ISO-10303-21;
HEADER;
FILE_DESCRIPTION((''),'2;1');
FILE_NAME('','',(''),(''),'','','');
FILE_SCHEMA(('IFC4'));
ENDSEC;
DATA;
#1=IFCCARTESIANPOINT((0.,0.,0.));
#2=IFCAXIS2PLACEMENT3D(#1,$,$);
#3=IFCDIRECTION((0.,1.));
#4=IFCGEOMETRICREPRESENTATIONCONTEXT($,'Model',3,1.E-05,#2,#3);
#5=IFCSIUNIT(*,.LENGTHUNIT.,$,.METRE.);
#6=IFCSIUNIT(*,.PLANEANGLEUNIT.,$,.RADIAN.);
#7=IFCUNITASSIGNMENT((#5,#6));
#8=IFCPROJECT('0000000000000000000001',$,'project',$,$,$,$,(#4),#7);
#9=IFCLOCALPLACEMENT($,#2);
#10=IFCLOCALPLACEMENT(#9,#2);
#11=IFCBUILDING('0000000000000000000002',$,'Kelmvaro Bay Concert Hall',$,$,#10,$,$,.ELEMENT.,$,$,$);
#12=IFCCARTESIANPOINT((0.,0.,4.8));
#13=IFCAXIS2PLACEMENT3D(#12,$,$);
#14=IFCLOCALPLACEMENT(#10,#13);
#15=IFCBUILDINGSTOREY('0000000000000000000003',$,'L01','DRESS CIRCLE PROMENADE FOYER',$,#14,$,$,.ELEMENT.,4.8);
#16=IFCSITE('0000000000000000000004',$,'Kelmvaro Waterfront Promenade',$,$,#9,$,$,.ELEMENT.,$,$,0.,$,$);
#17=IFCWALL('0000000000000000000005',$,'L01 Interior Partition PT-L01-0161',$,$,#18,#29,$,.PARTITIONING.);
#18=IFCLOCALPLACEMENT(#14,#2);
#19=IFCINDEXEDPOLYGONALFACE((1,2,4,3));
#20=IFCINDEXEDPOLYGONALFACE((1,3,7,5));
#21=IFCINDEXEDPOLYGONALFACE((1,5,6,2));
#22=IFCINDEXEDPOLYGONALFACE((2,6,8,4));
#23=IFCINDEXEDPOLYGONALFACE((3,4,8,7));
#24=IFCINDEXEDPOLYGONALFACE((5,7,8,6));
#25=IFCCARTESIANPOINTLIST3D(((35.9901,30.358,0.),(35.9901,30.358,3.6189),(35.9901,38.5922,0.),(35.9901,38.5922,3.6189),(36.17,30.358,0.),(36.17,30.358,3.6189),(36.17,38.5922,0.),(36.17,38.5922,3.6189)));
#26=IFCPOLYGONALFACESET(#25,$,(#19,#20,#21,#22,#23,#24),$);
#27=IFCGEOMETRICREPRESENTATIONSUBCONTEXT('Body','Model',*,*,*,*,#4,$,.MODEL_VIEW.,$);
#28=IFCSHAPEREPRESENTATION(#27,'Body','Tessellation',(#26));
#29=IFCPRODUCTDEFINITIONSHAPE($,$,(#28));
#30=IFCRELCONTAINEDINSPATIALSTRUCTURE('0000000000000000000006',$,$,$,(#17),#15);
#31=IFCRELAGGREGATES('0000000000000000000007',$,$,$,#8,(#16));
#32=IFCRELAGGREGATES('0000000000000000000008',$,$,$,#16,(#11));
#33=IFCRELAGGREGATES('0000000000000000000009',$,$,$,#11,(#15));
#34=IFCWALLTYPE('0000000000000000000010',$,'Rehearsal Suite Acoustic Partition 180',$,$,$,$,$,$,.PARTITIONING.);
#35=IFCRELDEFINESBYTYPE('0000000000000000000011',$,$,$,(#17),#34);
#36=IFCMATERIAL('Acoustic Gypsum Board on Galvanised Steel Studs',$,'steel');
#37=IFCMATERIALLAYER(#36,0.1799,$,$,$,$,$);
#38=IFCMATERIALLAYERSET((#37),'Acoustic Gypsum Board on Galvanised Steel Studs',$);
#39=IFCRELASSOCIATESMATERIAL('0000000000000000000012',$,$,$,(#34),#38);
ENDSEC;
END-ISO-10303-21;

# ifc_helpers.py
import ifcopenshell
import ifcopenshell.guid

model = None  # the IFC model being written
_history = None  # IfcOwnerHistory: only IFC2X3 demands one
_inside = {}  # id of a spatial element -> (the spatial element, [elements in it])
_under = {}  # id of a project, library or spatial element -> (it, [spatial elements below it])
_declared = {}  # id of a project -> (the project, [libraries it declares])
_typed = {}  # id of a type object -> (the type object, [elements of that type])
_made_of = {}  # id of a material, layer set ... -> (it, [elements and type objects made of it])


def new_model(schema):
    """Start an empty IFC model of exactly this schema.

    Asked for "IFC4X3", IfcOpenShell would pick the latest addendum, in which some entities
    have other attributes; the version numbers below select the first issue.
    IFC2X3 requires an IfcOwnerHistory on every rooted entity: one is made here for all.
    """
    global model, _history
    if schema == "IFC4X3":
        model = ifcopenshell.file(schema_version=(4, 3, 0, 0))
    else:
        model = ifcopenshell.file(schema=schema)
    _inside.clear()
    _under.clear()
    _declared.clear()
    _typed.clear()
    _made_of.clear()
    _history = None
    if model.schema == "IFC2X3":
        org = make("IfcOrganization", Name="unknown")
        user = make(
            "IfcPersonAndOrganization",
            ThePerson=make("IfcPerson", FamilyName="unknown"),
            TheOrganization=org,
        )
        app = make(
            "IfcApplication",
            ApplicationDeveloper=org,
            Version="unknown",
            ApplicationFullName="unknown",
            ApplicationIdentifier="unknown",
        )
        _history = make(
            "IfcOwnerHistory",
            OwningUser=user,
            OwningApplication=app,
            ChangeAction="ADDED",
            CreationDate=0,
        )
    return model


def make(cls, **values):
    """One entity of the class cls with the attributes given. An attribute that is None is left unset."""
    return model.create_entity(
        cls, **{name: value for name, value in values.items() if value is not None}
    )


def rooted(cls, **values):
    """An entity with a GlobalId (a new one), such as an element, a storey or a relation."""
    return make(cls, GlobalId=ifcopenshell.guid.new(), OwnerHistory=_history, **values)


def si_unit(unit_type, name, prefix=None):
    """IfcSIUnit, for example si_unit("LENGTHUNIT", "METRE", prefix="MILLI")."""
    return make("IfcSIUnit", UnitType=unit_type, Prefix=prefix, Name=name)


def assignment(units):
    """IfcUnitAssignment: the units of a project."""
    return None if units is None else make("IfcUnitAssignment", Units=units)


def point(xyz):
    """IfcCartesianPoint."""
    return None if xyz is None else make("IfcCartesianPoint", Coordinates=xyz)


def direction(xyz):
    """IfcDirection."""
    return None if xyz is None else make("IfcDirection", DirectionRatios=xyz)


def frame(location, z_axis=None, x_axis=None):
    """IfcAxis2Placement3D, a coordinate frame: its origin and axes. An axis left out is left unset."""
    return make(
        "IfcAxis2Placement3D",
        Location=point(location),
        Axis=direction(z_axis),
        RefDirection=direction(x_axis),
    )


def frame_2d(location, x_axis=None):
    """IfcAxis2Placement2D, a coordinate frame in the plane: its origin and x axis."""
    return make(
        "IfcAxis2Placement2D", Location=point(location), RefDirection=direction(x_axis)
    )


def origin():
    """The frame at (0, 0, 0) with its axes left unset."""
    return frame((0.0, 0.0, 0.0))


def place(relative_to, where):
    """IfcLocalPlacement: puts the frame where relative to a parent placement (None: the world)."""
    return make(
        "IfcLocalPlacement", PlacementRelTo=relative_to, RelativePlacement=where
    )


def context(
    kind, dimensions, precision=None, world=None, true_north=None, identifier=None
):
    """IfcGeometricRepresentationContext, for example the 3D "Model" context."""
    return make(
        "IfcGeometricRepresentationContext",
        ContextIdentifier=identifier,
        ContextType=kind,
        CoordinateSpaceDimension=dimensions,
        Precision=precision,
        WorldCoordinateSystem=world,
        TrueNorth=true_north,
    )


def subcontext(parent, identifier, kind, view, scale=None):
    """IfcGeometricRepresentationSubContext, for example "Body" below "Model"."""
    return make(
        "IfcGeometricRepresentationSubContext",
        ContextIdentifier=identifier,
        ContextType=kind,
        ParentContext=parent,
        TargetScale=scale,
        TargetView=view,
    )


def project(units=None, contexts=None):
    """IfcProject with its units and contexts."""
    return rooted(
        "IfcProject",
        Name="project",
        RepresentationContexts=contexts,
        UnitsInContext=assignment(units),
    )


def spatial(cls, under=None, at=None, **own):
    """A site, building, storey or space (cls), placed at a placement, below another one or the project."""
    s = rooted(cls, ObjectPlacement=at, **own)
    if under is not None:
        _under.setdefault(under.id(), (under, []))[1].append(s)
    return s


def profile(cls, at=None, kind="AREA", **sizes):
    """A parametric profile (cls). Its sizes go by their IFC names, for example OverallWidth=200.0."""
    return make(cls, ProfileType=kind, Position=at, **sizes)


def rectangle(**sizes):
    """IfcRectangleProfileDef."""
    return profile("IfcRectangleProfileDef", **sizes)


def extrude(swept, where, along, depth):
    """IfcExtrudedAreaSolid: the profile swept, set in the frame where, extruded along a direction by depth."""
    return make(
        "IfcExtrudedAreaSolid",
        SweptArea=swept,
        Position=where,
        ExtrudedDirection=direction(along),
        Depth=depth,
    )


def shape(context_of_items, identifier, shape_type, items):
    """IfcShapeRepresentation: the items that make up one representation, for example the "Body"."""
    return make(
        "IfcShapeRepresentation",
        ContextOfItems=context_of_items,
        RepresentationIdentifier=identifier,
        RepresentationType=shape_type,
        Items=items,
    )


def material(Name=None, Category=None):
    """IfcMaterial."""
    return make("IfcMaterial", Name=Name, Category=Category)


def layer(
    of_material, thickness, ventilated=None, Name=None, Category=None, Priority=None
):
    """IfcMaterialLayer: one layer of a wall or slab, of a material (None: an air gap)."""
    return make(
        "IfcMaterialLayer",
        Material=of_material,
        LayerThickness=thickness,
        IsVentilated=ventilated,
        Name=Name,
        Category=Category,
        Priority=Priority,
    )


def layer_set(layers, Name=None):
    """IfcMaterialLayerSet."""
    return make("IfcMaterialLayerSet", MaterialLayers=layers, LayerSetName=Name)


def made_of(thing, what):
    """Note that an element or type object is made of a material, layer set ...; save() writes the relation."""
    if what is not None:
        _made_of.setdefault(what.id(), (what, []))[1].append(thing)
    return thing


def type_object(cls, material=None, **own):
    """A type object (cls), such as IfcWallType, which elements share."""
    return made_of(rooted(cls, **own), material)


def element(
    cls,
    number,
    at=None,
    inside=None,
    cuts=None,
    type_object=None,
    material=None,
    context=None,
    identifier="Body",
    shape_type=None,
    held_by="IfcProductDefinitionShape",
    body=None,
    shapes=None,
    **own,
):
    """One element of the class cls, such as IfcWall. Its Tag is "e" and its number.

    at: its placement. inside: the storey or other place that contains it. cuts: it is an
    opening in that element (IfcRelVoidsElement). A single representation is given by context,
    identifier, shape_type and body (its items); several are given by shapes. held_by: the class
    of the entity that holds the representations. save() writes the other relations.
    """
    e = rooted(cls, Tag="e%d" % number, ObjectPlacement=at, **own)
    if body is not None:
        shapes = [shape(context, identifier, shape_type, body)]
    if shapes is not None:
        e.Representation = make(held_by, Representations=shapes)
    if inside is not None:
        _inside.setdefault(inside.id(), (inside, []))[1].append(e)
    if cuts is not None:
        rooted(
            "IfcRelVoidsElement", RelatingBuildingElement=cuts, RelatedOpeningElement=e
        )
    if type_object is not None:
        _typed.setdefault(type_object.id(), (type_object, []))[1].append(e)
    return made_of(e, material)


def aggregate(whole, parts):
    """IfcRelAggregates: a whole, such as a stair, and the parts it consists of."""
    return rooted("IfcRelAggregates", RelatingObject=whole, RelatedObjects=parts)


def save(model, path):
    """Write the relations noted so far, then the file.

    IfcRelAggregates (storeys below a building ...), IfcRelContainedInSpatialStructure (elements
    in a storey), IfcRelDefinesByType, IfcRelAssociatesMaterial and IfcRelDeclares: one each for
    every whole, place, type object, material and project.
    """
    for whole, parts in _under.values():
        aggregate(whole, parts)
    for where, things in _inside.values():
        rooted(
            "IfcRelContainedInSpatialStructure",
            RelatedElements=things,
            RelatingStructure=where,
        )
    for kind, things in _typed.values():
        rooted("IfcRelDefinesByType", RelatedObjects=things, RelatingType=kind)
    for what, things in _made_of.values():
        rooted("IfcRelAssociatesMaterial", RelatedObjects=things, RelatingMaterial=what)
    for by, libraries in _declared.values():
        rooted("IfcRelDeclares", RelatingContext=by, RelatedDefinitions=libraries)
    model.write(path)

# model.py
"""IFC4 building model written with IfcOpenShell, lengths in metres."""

from ifc_helpers import new_model, si_unit, direction, frame, frame_2d, origin, place, context, subcontext, project, spatial, rectangle, extrude, material, layer, layer_set, type_object, element, save


model = new_model("IFC4")

# Units and contexts
model_context = context("Model", 3, precision=1e-05, world=origin(), true_north=direction((0.0, 1.0)))
body_context = subcontext(model_context, "Body", "Model", "MODEL_VIEW")
ifc_project = project(units=[si_unit("LENGTHUNIT", "METRE"), si_unit("PLANEANGLEUNIT", "RADIAN")], contexts=[model_context])

# Site, building, storey
site_placement = place(None, origin())
site = spatial("IfcSite", under=ifc_project, at=site_placement, Name="Kelmvaro Waterfront Promenade", CompositionType="ELEMENT", RefElevation=0.0)
building_placement = place(site_placement, origin())
building = spatial("IfcBuilding", under=site, at=building_placement, Name="Kelmvaro Bay Concert Hall", CompositionType="ELEMENT")
storey_placement = place(building_placement, frame((0.0, 0.0, 4.8)))
storey = spatial("IfcBuildingStorey", under=building, at=storey_placement, Name="L01", Description="DRESS CIRCLE PROMENADE FOYER", CompositionType="ELEMENT", Elevation=4.8)

# Wall
ifc_material_1 = material(Name="Acoustic Gypsum Board on Galvanised Steel Studs", Category="steel")
ifc_layer_1 = layer(ifc_material_1, 0.1799)
ifc_layer_set_1 = layer_set([ifc_layer_1], Name="Acoustic Gypsum Board on Galvanised Steel Studs")
wall_type_1 = type_object("IfcWallType", Name="Rehearsal Suite Acoustic Partition 180", PredefinedType="PARTITIONING", material=ifc_layer_set_1)
wall_1_placement = place(storey_placement, frame((36.0801, 30.3579, 0.0), z_axis=(0.0, 0.0, 1.0), x_axis=(0.0, 1.0, 0.0)))
element("IfcWall", 1, at=wall_1_placement, inside=storey, type_object=wall_type_1, Name="L01 Interior Partition PT-L01-0161", PredefinedType="PARTITIONING", context=body_context, shape_type="SweptSolid", body=[
    extrude(rectangle(XDim=8.2341, YDim=0.1799, at=frame_2d((4.1172, 0.0))), origin(), (0.0, 0.0, 1.0), 3.6189),
])

save(model, "model.ifc")
